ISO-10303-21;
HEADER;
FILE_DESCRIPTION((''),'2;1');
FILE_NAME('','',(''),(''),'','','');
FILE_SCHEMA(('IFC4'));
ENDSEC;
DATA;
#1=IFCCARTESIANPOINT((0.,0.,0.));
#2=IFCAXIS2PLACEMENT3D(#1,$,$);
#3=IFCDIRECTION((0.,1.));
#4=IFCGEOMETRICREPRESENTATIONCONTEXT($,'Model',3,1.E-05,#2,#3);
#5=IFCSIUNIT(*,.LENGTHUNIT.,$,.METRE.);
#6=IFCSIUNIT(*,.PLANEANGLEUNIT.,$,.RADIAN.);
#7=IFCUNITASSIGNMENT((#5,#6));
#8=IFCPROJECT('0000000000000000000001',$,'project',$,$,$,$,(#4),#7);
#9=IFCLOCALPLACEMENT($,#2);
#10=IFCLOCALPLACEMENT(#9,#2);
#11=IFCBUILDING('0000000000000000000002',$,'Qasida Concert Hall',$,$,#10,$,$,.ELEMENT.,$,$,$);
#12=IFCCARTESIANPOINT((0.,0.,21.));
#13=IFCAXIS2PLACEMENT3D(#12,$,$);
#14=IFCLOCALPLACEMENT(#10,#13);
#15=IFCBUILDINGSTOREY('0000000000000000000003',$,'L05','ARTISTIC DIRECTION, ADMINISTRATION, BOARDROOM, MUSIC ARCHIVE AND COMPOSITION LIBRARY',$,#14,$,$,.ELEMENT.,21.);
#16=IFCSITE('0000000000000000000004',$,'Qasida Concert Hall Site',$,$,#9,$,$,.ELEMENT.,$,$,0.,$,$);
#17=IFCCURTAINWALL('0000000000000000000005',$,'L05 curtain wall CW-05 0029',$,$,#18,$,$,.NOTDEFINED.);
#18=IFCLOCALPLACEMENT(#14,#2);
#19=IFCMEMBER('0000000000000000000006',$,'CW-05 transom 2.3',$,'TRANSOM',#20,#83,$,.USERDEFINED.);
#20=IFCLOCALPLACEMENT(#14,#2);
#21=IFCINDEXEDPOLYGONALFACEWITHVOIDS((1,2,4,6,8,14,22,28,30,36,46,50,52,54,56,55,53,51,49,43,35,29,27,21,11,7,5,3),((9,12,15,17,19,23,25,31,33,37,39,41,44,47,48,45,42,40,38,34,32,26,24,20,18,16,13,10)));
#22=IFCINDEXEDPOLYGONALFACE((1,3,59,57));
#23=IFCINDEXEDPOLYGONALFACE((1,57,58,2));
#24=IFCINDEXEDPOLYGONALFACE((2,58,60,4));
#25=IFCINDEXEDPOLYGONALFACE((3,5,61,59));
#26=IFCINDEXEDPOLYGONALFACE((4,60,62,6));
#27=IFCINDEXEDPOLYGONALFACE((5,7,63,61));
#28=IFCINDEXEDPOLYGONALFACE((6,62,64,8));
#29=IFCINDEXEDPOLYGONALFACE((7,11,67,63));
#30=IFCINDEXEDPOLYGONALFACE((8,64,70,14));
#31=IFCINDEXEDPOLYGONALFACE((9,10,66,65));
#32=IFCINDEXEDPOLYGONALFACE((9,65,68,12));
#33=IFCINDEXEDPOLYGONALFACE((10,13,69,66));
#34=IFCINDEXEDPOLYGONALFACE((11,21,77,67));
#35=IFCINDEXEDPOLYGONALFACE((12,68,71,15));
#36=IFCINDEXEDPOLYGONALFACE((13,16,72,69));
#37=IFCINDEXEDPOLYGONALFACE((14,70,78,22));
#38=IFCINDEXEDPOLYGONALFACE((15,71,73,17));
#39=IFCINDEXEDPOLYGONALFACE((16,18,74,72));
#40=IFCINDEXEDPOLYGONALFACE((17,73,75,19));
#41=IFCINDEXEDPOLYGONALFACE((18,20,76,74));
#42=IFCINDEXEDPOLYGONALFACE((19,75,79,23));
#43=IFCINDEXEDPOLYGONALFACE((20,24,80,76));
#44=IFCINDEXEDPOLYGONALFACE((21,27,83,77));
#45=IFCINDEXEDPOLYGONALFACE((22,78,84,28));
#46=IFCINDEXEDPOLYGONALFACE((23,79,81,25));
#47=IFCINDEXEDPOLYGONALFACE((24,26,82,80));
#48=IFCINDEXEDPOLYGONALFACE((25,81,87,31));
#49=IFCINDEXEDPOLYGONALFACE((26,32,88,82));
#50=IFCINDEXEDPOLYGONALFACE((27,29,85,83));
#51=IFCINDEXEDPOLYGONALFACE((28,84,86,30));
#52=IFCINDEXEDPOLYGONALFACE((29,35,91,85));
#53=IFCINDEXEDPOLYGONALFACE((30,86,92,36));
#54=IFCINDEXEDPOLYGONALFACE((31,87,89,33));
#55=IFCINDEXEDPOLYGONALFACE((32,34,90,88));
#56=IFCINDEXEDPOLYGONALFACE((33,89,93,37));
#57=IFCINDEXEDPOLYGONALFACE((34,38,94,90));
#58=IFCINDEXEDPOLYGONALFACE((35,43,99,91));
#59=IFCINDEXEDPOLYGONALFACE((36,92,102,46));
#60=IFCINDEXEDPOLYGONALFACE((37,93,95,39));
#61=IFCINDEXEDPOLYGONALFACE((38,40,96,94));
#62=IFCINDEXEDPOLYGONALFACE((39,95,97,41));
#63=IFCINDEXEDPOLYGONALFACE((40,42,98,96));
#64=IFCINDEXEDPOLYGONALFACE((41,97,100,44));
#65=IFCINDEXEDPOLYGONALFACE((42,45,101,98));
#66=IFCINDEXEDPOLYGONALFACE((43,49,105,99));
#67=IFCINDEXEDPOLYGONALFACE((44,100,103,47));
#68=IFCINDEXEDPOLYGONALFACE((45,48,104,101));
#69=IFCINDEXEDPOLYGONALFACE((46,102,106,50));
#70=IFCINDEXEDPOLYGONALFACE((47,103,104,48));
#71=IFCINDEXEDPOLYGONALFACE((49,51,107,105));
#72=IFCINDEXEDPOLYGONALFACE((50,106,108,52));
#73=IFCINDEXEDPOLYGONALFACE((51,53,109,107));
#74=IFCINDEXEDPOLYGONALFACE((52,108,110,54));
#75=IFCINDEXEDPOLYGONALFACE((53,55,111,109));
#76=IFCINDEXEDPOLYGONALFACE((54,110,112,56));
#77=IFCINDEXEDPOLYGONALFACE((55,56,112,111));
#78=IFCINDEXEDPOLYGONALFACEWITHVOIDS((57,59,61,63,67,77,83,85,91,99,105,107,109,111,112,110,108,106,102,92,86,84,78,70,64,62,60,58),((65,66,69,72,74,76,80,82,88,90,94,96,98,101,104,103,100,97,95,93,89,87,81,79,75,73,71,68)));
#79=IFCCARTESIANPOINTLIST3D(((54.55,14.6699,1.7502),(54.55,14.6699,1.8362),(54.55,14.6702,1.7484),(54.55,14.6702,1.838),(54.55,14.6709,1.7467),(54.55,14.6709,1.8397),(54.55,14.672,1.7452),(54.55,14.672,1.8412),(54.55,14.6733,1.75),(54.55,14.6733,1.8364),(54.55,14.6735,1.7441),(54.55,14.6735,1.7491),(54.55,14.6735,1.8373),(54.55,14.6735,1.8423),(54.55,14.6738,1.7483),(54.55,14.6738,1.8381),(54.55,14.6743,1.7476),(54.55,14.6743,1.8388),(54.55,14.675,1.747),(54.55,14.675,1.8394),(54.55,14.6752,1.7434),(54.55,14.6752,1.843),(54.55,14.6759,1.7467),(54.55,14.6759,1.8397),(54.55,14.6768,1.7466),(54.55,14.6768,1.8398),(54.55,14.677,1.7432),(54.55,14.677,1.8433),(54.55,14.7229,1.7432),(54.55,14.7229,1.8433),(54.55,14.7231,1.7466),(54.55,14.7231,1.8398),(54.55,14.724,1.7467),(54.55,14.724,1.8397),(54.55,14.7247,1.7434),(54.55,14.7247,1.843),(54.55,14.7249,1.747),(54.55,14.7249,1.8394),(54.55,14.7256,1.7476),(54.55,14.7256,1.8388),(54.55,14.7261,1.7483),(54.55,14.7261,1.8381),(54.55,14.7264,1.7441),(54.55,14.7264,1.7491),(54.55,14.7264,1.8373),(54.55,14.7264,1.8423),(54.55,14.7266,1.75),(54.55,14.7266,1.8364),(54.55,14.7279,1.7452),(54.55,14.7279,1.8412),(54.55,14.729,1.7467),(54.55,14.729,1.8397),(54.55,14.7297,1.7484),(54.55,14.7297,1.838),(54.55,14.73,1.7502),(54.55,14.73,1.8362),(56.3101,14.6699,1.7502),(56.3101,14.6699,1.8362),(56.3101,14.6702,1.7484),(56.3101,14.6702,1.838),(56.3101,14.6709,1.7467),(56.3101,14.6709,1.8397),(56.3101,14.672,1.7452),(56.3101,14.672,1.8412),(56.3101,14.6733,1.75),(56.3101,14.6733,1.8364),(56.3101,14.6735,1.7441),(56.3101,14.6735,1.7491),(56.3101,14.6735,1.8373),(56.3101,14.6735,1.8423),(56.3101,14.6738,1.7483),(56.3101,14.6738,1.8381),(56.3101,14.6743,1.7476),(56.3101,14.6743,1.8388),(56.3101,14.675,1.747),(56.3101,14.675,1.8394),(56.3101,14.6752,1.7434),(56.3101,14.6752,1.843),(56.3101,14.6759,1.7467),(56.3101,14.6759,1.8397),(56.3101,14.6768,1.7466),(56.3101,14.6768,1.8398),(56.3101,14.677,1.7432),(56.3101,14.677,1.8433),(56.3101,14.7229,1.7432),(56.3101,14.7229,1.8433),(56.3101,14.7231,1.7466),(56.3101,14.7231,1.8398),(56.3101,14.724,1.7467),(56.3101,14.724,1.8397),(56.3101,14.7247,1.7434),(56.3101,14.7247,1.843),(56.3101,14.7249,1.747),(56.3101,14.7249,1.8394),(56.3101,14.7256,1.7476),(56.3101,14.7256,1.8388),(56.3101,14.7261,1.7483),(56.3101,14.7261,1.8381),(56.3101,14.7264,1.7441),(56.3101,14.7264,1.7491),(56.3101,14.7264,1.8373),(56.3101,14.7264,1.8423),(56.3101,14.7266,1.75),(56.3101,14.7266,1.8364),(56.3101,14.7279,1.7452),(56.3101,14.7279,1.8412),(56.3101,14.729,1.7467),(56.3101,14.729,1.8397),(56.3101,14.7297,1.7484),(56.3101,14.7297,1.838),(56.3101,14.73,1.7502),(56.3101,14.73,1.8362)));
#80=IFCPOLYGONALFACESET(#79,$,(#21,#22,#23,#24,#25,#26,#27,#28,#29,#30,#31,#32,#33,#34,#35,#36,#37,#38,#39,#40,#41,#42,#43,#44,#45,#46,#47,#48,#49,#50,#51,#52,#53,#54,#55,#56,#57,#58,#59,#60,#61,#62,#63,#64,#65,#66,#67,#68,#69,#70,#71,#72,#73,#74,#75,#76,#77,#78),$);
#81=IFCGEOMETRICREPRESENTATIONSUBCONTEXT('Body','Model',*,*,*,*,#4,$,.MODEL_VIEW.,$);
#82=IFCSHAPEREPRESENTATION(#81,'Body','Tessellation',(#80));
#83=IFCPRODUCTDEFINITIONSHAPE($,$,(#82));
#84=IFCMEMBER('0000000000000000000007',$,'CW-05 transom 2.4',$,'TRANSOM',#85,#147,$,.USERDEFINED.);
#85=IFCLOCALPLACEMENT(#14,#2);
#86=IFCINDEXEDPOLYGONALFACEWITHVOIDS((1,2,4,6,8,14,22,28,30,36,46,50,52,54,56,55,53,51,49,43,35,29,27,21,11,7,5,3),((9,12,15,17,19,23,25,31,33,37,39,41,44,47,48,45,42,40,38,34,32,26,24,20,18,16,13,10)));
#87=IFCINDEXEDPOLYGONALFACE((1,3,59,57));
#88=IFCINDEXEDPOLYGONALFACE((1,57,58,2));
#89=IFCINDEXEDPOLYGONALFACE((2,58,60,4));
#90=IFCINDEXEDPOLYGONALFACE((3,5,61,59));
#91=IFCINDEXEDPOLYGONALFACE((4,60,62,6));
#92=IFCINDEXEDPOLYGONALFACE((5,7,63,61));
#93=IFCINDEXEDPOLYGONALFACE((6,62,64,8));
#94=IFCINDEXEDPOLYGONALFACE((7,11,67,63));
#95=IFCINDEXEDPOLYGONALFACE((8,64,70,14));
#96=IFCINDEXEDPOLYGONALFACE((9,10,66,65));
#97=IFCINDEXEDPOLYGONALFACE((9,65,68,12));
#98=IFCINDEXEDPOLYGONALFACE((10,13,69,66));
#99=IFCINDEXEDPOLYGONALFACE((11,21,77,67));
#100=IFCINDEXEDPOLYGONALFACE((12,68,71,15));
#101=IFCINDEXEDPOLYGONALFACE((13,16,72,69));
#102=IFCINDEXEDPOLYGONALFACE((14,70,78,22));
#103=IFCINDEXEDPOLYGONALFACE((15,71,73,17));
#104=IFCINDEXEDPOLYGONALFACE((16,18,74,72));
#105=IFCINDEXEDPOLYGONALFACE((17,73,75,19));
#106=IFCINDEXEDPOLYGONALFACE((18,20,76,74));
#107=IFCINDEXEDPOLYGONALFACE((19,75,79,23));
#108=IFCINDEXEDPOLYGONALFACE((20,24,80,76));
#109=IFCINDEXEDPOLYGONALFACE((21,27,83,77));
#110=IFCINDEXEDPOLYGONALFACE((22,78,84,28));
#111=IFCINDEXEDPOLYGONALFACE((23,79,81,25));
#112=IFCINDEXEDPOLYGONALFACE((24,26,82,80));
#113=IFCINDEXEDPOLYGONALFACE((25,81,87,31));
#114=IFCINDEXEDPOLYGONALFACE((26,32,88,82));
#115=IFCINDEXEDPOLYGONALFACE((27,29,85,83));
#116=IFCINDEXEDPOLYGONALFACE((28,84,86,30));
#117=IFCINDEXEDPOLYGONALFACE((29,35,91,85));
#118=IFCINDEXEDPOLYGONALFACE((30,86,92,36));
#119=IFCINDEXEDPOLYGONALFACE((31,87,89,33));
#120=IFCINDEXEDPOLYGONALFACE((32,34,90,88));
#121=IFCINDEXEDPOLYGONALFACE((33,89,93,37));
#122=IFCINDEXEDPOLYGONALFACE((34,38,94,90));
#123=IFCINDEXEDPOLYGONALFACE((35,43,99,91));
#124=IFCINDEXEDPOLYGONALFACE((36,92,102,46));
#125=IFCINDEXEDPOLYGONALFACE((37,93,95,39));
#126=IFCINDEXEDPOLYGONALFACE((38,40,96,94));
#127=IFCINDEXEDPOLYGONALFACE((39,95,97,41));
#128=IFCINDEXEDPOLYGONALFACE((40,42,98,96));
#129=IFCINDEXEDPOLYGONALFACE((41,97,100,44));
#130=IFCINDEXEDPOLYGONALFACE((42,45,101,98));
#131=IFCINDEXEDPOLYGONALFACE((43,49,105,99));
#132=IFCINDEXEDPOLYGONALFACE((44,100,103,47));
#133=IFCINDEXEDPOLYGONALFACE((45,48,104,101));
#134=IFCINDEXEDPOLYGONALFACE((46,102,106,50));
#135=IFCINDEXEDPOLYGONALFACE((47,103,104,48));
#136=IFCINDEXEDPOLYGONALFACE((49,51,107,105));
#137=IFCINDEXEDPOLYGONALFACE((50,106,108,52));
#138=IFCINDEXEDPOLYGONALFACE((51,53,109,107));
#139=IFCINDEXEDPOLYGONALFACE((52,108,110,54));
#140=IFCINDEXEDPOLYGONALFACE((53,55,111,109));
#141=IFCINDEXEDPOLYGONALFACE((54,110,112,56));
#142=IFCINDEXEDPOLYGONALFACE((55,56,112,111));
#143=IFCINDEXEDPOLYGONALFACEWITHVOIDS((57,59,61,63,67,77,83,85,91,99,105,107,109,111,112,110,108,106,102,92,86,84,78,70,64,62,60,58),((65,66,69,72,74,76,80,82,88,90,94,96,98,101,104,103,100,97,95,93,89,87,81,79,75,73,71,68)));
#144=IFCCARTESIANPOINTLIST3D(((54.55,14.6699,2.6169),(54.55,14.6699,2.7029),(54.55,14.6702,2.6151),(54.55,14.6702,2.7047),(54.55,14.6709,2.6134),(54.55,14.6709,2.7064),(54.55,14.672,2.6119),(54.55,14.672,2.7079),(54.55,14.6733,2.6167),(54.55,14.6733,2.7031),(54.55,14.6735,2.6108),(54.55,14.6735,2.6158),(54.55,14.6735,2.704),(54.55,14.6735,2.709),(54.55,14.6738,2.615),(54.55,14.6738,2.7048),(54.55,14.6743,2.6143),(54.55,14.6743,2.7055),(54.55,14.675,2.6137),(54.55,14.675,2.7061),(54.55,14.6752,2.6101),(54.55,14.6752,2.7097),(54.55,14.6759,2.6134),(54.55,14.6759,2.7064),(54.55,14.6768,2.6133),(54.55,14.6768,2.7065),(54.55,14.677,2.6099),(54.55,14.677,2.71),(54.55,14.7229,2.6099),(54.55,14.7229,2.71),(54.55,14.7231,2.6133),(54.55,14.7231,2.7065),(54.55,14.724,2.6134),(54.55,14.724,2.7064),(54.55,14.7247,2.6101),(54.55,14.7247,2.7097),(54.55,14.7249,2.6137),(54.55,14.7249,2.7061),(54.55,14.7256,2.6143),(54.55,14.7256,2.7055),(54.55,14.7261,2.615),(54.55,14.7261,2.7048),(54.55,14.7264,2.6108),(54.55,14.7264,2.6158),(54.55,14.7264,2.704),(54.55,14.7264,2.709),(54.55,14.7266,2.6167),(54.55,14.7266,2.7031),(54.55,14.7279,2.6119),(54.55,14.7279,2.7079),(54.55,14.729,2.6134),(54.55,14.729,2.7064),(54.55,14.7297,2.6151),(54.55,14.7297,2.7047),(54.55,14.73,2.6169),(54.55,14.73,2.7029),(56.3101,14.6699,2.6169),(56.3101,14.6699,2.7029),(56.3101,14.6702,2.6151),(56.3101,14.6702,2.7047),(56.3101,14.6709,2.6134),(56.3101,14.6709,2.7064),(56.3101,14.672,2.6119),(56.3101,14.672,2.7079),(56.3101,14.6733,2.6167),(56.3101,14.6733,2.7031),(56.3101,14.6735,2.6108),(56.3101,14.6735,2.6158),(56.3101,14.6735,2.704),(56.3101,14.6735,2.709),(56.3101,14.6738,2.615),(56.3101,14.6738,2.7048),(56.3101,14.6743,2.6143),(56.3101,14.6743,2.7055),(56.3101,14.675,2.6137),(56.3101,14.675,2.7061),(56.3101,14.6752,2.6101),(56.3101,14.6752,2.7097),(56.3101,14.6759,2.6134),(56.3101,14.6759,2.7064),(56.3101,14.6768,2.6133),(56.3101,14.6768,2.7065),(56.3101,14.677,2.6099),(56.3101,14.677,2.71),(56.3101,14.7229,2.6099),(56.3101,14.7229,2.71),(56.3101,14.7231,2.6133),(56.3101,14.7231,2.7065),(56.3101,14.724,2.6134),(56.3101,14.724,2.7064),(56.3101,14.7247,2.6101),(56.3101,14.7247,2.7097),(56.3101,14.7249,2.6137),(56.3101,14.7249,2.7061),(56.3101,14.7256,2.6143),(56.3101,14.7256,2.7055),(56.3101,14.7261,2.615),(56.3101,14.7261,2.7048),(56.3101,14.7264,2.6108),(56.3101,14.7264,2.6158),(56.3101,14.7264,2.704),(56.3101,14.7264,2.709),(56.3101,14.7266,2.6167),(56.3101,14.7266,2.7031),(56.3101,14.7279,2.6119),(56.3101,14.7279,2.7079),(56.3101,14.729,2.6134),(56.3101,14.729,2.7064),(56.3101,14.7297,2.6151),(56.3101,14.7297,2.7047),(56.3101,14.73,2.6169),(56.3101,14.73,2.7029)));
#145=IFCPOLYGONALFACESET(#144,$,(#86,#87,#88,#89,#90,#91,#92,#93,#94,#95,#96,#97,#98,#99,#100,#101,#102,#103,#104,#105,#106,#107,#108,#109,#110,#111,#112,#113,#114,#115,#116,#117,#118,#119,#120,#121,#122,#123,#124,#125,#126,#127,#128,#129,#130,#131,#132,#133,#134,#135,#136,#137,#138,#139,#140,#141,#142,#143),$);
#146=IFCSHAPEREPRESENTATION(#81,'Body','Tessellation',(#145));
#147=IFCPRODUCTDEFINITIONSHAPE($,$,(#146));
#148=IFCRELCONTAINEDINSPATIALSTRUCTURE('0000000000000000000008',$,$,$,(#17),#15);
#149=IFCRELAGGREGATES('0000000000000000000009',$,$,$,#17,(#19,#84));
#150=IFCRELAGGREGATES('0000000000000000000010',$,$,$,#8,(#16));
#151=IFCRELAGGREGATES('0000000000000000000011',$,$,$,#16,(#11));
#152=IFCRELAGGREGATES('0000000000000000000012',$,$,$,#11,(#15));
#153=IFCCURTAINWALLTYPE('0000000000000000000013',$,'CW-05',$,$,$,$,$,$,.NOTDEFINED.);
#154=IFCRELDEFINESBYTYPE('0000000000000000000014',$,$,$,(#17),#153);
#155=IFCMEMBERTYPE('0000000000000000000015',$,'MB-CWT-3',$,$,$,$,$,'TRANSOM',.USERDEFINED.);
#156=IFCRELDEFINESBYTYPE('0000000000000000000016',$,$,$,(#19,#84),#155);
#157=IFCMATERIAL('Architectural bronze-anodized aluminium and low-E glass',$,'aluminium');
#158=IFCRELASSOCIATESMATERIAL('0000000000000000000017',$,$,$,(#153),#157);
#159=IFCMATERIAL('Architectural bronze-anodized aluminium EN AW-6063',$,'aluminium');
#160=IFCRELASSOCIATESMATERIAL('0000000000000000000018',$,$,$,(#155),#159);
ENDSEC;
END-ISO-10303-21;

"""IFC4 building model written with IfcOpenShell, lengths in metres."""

from ifc_helpers import new_model, si_unit, direction, frame, origin, origin_2d, place, context, subcontext, project, spatial, hollow_rectangle, extrude, material, material_profile, profile_set, type_object, element, aggregate, save


model = new_model("IFC4")

# Units and contexts
model_context = context("Model", 3, precision=1e-05, world=origin(), true_north=direction((0.0, 1.0)))
body_context = subcontext(model_context, "Body", "Model", "MODEL_VIEW")
ifc_project = project(units=[si_unit("LENGTHUNIT", "METRE"), si_unit("PLANEANGLEUNIT", "RADIAN")], contexts=[model_context])

# Site, building, storey
site_placement = place(None, origin())
site = spatial("IfcSite", under=ifc_project, at=site_placement, Name="Qasida Concert Hall Site", CompositionType="ELEMENT", RefElevation=0.0)
building_placement = place(site_placement, origin())
building = spatial("IfcBuilding", under=site, at=building_placement, Name="Qasida Concert Hall", CompositionType="ELEMENT")
storey_placement = place(building_placement, frame((0.0, 0.0, 21.0)))
storey = spatial("IfcBuildingStorey", under=building, at=storey_placement, Name="L05", Description="ARTISTIC DIRECTION, ADMINISTRATION, BOARDROOM, MUSIC ARCHIVE AND COMPOSITION LIBRARY", CompositionType="ELEMENT", Elevation=21.0)

# Curtain wall, members
ifc_material_1 = material(Name="Architectural bronze-anodized aluminium and low-E glass", Category="aluminium")
curtain_wall_type = type_object("IfcCurtainWallType", Name="CW-05", PredefinedType="NOTDEFINED", material=ifc_material_1)
curtain_wall_placement = place(storey_placement, origin())
curtain_wall = element("IfcCurtainWall", 1, at=curtain_wall_placement, inside=storey, type_object=curtain_wall_type, Name="L05 curtain wall CW-05 0029", PredefinedType="NOTDEFINED")
ifc_material_2 = material(Name="Architectural bronze-anodized aluminium EN AW-6063", Category="aluminium")
ifc_material_profile_1 = material_profile(ifc_material_2, hollow_rectangle(XDim=0.0601, YDim=0.1001, WallThickness=0.0034, InnerFilletRadius=0.0034, OuterFilletRadius=0.0071, at=origin_2d()), Name="CWT 100x60x3.5")
ifc_profile_set_1 = profile_set([ifc_material_profile_1], Name="Architectural bronze-anodized aluminium EN AW-6063")
member_type_1 = type_object("IfcMemberType", Name="MB-CWT-3", ElementType="TRANSOM", PredefinedType="USERDEFINED", material=ifc_profile_set_1)
member_1_placement = place(storey_placement, frame((54.55, 14.7, 1.7932), z_axis=(1.0, 0.0, 0.0), x_axis=(0.0, 1.0, 0.0)))
member_1 = element("IfcMember", 2, at=member_1_placement, type_object=member_type_1, Name="CW-05 transom 2.3", ObjectType="TRANSOM", PredefinedType="USERDEFINED", context=body_context, shape_type="SweptSolid", body=[
    extrude(hollow_rectangle(XDim=0.0601, YDim=0.1001, WallThickness=0.0034, InnerFilletRadius=0.0034, OuterFilletRadius=0.0071, at=origin_2d()), origin(), (0.0, 0.0, 1.0), 1.76),
])
member_2_placement = place(storey_placement, frame((54.55, 14.7, 2.6599), z_axis=(1.0, 0.0, 0.0), x_axis=(0.0, 1.0, 0.0)))
member_2 = element("IfcMember", 3, at=member_2_placement, type_object=member_type_1, Name="CW-05 transom 2.4", ObjectType="TRANSOM", PredefinedType="USERDEFINED", context=body_context, shape_type="SweptSolid", body=[
    extrude(hollow_rectangle(XDim=0.0601, YDim=0.1001, WallThickness=0.0034, InnerFilletRadius=0.0034, OuterFilletRadius=0.0071, at=origin_2d()), origin(), (0.0, 0.0, 1.0), 1.76),
])
aggregate(curtain_wall, [member_1, member_2])

save(model, "model.ifc")
